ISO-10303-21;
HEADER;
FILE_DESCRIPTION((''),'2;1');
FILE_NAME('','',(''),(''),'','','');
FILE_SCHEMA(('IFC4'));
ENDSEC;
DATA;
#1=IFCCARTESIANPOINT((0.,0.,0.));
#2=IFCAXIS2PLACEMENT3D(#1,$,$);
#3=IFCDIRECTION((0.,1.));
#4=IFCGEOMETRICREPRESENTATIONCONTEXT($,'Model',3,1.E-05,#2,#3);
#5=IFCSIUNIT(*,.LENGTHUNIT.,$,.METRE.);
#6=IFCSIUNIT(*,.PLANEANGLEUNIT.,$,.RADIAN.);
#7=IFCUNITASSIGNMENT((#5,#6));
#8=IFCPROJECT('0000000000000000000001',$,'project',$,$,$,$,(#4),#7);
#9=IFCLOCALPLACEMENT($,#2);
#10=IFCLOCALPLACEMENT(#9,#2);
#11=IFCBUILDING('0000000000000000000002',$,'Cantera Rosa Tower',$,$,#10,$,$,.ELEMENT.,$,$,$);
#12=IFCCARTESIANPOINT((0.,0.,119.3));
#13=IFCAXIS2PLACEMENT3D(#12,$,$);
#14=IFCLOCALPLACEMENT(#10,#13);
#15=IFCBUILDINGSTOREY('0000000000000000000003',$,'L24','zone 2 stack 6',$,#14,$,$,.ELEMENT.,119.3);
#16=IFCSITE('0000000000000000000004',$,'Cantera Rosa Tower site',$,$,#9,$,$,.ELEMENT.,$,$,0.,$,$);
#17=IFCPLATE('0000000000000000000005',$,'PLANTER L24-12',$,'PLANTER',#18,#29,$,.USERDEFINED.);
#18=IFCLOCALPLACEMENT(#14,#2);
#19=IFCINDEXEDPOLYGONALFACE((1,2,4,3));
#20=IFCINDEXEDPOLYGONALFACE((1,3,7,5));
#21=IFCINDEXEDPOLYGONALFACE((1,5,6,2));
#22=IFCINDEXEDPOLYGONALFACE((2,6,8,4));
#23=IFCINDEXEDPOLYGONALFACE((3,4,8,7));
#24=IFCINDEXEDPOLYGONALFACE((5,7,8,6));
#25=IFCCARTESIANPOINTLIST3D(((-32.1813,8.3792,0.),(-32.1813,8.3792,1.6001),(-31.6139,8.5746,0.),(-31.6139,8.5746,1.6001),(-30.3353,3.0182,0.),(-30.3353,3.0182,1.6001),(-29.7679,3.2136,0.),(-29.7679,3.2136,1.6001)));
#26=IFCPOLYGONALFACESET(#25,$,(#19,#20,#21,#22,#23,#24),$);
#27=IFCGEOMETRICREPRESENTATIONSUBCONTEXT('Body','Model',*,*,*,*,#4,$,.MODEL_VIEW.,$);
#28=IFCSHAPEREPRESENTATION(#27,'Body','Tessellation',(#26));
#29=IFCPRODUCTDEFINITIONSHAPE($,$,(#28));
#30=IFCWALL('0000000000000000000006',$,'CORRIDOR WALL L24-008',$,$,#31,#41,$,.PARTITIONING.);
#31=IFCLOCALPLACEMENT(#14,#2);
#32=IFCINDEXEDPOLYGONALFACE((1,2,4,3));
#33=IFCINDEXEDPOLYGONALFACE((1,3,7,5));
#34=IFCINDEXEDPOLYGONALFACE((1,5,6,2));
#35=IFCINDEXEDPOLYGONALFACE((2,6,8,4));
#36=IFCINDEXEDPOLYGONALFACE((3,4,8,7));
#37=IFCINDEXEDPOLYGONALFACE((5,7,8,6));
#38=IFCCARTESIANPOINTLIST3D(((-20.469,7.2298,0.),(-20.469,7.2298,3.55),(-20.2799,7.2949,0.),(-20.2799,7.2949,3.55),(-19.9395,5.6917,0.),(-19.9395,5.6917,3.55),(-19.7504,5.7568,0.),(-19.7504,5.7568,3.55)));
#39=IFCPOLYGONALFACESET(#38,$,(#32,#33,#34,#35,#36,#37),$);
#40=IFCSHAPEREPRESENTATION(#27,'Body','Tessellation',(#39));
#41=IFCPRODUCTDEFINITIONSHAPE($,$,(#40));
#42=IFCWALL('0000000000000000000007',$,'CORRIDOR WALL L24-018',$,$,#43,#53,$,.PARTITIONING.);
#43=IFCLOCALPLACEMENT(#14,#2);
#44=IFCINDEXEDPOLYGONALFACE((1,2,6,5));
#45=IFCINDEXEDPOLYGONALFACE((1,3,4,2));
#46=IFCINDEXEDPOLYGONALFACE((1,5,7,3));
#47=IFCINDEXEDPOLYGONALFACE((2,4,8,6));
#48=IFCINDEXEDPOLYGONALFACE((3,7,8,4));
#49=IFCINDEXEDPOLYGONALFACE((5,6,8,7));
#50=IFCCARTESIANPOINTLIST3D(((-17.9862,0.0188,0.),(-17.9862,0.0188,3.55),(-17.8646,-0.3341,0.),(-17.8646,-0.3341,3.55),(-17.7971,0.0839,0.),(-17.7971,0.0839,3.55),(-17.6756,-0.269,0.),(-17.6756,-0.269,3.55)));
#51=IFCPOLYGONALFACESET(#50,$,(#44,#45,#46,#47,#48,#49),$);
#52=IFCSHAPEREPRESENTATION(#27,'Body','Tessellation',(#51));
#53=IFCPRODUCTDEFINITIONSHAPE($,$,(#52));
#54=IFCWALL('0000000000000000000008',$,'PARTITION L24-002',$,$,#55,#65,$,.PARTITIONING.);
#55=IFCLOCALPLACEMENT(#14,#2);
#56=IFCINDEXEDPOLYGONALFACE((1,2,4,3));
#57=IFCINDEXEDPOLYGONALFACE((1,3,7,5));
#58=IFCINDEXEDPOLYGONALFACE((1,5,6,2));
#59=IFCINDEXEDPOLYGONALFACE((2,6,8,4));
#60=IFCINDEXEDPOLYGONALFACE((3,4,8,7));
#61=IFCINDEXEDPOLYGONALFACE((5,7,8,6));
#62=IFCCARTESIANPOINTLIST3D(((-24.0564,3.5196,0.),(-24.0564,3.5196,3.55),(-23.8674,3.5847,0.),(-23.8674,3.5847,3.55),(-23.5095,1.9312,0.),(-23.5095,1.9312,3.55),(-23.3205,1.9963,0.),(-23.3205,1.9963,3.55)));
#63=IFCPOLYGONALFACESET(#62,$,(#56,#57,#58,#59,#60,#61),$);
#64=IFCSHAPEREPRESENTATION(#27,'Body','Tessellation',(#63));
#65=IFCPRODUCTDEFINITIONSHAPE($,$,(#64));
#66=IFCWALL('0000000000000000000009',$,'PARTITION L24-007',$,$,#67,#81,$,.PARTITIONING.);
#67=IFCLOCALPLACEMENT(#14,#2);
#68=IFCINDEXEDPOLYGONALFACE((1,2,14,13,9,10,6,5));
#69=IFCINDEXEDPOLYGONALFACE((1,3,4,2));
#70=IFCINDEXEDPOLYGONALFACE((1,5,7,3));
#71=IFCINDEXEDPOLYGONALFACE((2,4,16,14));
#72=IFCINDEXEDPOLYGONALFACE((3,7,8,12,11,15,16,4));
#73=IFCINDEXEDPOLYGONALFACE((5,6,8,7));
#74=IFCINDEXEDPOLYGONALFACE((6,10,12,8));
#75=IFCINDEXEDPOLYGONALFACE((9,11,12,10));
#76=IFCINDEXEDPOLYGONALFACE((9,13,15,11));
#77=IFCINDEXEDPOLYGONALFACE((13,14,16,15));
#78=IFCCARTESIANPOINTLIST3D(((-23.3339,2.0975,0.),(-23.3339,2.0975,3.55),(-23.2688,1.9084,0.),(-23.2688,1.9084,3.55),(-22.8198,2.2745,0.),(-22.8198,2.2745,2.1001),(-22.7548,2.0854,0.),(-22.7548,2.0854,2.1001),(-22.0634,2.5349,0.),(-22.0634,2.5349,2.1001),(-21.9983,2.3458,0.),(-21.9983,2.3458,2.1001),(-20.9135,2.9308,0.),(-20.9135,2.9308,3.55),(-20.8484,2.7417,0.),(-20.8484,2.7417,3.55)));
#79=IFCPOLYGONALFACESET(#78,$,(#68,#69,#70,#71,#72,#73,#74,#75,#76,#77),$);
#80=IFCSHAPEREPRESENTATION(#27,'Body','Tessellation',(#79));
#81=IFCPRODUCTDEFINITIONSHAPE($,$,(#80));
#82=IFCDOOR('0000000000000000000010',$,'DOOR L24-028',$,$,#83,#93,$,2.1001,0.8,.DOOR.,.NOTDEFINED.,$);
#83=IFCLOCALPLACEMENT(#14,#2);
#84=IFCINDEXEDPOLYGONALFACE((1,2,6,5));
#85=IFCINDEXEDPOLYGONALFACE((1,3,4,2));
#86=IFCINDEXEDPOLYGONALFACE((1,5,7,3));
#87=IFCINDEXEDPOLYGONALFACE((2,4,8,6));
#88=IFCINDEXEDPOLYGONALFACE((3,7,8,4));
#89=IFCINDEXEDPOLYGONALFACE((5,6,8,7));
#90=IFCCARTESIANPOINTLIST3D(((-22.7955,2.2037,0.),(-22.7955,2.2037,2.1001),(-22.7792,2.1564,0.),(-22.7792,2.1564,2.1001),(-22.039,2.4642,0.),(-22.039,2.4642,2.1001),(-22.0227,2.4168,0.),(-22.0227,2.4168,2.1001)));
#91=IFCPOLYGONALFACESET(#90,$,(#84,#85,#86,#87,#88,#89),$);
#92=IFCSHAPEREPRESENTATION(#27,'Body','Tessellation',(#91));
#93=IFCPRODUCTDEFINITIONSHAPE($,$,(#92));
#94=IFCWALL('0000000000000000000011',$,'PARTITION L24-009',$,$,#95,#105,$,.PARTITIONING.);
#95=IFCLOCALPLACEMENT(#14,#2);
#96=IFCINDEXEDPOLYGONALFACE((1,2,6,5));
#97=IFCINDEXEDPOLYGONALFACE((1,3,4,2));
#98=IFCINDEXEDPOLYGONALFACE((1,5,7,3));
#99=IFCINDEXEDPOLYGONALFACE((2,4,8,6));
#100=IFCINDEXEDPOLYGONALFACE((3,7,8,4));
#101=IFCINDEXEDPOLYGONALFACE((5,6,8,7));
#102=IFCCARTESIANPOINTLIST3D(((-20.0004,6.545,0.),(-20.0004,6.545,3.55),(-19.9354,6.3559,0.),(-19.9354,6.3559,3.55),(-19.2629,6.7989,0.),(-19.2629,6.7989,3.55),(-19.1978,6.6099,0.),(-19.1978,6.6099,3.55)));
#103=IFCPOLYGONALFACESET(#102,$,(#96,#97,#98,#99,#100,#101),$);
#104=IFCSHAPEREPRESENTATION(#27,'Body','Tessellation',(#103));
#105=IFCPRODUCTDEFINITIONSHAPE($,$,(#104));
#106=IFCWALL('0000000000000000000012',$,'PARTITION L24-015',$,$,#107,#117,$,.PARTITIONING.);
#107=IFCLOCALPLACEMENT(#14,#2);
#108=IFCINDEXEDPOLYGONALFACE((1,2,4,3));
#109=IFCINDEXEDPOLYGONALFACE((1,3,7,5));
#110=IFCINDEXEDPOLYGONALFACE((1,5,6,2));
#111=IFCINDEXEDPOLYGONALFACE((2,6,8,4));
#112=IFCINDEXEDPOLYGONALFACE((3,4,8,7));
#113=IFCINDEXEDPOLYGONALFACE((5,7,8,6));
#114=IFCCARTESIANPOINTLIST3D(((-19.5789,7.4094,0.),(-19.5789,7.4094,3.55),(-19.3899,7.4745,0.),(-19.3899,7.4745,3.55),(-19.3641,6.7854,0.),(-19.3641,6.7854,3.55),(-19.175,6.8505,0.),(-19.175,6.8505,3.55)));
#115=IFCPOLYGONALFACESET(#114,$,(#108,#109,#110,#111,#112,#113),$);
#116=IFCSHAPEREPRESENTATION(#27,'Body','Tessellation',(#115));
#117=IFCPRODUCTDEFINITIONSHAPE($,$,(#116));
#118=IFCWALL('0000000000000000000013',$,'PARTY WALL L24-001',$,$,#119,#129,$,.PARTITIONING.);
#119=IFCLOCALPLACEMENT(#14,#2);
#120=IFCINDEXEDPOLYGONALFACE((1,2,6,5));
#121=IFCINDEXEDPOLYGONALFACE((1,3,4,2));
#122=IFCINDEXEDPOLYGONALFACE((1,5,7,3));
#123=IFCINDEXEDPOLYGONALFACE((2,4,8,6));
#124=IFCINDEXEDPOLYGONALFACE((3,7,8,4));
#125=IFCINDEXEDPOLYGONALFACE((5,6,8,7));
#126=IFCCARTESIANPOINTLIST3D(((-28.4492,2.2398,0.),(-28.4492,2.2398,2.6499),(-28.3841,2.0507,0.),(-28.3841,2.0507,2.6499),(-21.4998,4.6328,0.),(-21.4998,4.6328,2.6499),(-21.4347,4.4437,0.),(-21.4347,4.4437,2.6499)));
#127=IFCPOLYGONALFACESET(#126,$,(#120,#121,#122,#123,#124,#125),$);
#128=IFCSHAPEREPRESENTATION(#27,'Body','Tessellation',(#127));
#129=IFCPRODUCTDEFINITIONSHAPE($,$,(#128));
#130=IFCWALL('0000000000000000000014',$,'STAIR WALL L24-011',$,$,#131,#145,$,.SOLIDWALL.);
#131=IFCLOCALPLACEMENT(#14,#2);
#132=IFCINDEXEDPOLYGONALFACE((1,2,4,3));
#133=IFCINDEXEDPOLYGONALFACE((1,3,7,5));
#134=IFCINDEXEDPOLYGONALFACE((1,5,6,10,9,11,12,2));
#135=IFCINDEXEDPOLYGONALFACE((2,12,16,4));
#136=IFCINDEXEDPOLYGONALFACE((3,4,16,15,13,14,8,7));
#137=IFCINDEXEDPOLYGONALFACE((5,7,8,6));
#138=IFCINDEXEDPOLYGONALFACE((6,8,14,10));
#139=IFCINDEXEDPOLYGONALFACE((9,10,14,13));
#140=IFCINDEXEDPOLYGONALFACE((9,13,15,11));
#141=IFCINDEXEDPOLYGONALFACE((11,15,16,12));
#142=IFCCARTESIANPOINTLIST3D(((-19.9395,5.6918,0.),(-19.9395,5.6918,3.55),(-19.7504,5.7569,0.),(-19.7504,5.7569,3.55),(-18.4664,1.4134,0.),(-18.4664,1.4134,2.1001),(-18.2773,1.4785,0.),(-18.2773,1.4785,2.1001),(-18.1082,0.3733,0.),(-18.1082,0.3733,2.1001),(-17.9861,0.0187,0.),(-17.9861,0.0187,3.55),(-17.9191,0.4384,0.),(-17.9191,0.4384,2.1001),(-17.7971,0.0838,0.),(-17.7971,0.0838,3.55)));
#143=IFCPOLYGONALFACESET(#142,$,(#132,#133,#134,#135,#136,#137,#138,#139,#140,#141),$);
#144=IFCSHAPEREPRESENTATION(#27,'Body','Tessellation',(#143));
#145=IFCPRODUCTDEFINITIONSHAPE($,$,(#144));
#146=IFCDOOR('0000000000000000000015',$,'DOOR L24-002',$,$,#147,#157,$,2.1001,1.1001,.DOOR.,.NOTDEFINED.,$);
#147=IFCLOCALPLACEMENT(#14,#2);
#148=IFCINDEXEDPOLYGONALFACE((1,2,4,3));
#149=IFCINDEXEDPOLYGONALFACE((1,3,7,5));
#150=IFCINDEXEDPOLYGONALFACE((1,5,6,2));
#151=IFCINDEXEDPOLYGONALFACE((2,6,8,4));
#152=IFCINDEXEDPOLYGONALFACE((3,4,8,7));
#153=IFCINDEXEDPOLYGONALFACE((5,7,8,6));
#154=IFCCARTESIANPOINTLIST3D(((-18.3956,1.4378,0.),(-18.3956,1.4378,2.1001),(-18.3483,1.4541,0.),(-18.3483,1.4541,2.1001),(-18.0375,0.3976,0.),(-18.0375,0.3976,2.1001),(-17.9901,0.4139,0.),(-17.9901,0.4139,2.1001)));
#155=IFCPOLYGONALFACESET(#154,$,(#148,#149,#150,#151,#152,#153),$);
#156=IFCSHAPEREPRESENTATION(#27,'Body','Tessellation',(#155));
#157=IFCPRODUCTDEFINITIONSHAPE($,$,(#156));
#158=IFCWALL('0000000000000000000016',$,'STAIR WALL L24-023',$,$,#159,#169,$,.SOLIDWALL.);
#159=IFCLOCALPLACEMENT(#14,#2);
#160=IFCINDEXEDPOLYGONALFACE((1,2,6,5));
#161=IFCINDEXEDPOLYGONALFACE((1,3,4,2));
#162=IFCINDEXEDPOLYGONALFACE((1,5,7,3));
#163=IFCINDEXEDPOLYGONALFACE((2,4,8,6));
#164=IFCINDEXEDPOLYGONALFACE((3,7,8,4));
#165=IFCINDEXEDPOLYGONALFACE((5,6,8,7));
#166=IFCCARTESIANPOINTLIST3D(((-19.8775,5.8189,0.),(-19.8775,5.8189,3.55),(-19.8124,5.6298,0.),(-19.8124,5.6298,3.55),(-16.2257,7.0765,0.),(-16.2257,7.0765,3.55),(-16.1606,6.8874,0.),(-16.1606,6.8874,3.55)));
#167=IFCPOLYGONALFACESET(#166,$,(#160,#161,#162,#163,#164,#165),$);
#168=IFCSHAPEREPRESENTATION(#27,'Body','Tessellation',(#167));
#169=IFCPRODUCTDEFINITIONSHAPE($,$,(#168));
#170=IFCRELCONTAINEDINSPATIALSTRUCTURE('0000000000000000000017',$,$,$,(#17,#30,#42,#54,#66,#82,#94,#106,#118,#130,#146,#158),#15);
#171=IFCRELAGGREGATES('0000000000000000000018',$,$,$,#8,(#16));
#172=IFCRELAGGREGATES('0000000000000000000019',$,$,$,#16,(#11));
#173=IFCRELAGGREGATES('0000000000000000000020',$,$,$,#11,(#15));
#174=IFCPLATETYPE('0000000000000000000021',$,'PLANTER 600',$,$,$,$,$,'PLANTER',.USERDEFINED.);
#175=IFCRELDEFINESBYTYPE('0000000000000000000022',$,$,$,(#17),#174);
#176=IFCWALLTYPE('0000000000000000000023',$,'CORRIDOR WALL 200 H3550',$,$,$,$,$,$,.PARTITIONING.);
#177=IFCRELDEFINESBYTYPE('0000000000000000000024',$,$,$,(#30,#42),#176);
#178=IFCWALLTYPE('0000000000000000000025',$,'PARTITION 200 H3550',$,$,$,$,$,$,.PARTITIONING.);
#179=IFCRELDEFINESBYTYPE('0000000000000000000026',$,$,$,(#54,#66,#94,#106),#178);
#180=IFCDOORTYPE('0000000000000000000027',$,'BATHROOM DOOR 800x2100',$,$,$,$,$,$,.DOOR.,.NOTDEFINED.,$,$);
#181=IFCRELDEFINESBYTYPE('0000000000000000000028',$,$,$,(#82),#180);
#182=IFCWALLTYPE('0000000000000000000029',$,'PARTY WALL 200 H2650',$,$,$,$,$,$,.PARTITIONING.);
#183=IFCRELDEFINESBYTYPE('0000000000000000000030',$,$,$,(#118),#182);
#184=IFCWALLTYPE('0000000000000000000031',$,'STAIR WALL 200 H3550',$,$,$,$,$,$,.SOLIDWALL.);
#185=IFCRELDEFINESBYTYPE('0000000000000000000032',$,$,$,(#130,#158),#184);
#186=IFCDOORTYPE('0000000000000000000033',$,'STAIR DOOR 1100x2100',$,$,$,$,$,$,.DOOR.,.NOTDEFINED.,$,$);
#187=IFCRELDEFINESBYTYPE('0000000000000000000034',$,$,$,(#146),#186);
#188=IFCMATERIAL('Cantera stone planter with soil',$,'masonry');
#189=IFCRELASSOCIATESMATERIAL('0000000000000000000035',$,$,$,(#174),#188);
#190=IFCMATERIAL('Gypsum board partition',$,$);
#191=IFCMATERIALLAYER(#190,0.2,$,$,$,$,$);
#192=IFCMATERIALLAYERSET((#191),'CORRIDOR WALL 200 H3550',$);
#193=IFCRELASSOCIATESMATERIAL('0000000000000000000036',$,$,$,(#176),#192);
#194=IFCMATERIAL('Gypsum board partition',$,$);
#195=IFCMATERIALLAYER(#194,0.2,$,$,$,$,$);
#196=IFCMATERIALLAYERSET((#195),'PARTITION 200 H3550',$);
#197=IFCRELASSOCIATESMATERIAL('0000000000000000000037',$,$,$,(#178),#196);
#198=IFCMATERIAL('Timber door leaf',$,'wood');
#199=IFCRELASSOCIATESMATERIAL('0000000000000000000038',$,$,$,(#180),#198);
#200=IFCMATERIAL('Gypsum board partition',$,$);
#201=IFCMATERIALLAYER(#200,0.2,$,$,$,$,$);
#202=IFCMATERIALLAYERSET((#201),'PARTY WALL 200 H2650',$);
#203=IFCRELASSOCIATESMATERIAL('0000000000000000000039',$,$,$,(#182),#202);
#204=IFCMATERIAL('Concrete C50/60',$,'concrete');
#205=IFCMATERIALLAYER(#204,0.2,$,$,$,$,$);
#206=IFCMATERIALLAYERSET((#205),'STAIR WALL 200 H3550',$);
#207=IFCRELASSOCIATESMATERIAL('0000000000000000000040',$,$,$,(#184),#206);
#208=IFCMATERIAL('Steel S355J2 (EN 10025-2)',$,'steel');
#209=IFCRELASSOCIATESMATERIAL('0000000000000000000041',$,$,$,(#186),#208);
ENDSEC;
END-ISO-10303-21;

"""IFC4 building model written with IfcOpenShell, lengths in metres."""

from ifc_helpers import new_model, si_unit, direction, frame, frame_2d, origin, origin_2d, place, context, subcontext, project, spatial, rectangle, extrude, material, layer, layer_set, type_object, element, fill, save


model = new_model("IFC4")

# Units and contexts
model_context = context("Model", 3, precision=1e-05, world=origin(), true_north=direction((0.0, 1.0)))
body_context = subcontext(model_context, "Body", "Model", "MODEL_VIEW")
ifc_project = project(units=[si_unit("LENGTHUNIT", "METRE"), si_unit("PLANEANGLEUNIT", "RADIAN")], contexts=[model_context])

# Site, building, storey
site_placement = place(None, origin())
site = spatial("IfcSite", under=ifc_project, at=site_placement, Name="Cantera Rosa Tower site", CompositionType="ELEMENT", RefElevation=0.0)
building_placement = place(site_placement, origin())
building = spatial("IfcBuilding", under=site, at=building_placement, Name="Cantera Rosa Tower", CompositionType="ELEMENT")
storey_placement = place(building_placement, frame((0.0, 0.0, 119.3)))
storey = spatial("IfcBuildingStorey", under=building, at=storey_placement, Name="L24", Description="zone 2 stack 6", CompositionType="ELEMENT", Elevation=119.3)

# Plate
ifc_material_1 = material(Name="Cantera stone planter with soil", Category="masonry")
plate_type = type_object("IfcPlateType", Name="PLANTER 600", ElementType="PLANTER", PredefinedType="USERDEFINED", material=ifc_material_1)
plate_placement = place(storey_placement, frame((-30.9746, 5.7964, 0.0), z_axis=(0.0, 0.0, 1.0), x_axis=(0.325568, -0.945519, 0.0)))
element("IfcPlate", 1, at=plate_placement, inside=storey, type_object=plate_type, Name="PLANTER L24-12", ObjectType="PLANTER", PredefinedType="USERDEFINED", context=body_context, shape_type="SweptSolid", body=[
    extrude(rectangle(XDim=5.6699, YDim=0.6001, at=origin_2d()), origin(), (0.0, 0.0, 1.0), 1.6001),
])

# Walls
ifc_material_2 = material(Name="Gypsum board partition")
ifc_layer_1 = layer(ifc_material_2, 0.2)
ifc_layer_set_1 = layer_set([ifc_layer_1], Name="CORRIDOR WALL 200 H3550")
wall_type_1 = type_object("IfcWallType", Name="CORRIDOR WALL 200 H3550", PredefinedType="PARTITIONING", material=ifc_layer_set_1)
wall_1_placement = place(storey_placement, frame((-20.3745, 7.2625, 0.0), z_axis=(0.0, 0.0, 1.0), x_axis=(0.325533, -0.945531, 0.0)))
element("IfcWall", 2, at=wall_1_placement, inside=storey, type_object=wall_type_1, Name="CORRIDOR WALL L24-008", PredefinedType="PARTITIONING", context=body_context, shape_type="SweptSolid", body=[
    extrude(rectangle(XDim=1.6267, YDim=0.2, at=frame_2d((0.8135, 0.0))), origin(), (0.0, 0.0, 1.0), 3.55),
])
wall_2_placement = place(storey_placement, frame((-17.8916, 0.0513, 0.0), z_axis=(0.0, 0.0, 1.0), x_axis=(0.325628, -0.945498, 0.0)))
element("IfcWall", 3, at=wall_2_placement, inside=storey, type_object=wall_type_1, Name="CORRIDOR WALL L24-018", PredefinedType="PARTITIONING", context=body_context, shape_type="SweptSolid", body=[
    extrude(rectangle(XDim=0.3733, YDim=0.2, at=frame_2d((0.1865, 0.0))), origin(), (0.0, 0.0, 1.0), 3.55),
])

# Wall
ifc_material_3 = material(Name="Gypsum board partition")
ifc_layer_2 = layer(ifc_material_3, 0.2)
ifc_layer_set_2 = layer_set([ifc_layer_2], Name="PARTITION 200 H3550")
wall_type_2 = type_object("IfcWallType", Name="PARTITION 200 H3550", PredefinedType="PARTITIONING", material=ifc_layer_set_2)
wall_3_placement = place(storey_placement, frame((-23.415, 1.9639, 0.0), z_axis=(0.0, 0.0, 1.0), x_axis=(-0.325543, 0.945527, 0.0)))
element("IfcWall", 4, at=wall_3_placement, inside=storey, type_object=wall_type_2, Name="PARTITION L24-002", PredefinedType="PARTITIONING", context=body_context, shape_type="SweptSolid", body=[
    extrude(rectangle(XDim=1.6799, YDim=0.2, at=frame_2d((0.8398, 0.0))), origin(), (0.0, 0.0, 1.0), 3.55),
])

# Wall, opening, door
wall_4_placement = place(storey_placement, frame((-20.8811, 2.8362, 0.0), z_axis=(0.0, 0.0, 1.0), x_axis=(-0.945538, -0.325512, 0.0)))
wall_4 = element("IfcWall", 5, at=wall_4_placement, inside=storey, type_object=wall_type_2, Name="PARTITION L24-007", PredefinedType="PARTITIONING", context=body_context, shape_type="SweptSolid", body=[
    extrude(rectangle(XDim=2.5598, YDim=0.2, at=frame_2d((1.2798, 0.0))), origin(), (0.0, 0.0, 1.0), 3.55),
])
opening_1_placement = place(wall_4_placement, frame((1.2161, 0.0, 0.0)))
opening_1 = element("IfcOpeningElement", 6, at=opening_1_placement, cuts=wall_4, PredefinedType="OPENING", context=body_context, shape_type="SweptSolid", body=[
    extrude(rectangle(XDim=0.8, YDim=2.1001, at=frame_2d((0.3999, 1.05))), frame((0.0, 0.1099, 0.0), z_axis=(0.0, -1.0, 0.0), x_axis=(1.0, 0.0, 0.0)), (0.0, 0.0, 1.0), 0.22),
])
ifc_material_4 = material(Name="Timber door leaf", Category="wood")
door_type_1 = type_object("IfcDoorType", Name="BATHROOM DOOR 800x2100", OperationType="NOTDEFINED", PredefinedType="DOOR", material=ifc_material_4)
door_1_placement = place(opening_1_placement, origin())
door_1 = element("IfcDoor", 7, at=door_1_placement, inside=storey, type_object=door_type_1, Name="DOOR L24-028", OperationType="NOTDEFINED", OverallHeight=2.1001, OverallWidth=0.8, PredefinedType="DOOR", context=body_context, shape_type="SweptSolid", body=[
    extrude(rectangle(XDim=0.8, YDim=2.1001, at=frame_2d((0.3999, 1.05))), frame((0.0, 0.0249, 0.0), z_axis=(0.0, -1.0, 0.0), x_axis=(1.0, 0.0, 0.0)), (0.0, 0.0, 1.0), 0.05),
])
fill(opening_1, door_1)

# Walls
wall_5_placement = place(storey_placement, frame((-19.968, 6.4504, 0.0), z_axis=(0.0, 0.0, 1.0), x_axis=(0.945539, 0.325508, 0.0)))
element("IfcWall", 8, at=wall_5_placement, inside=storey, type_object=wall_type_2, Name="PARTITION L24-009", PredefinedType="PARTITIONING", context=body_context, shape_type="SweptSolid", body=[
    extrude(rectangle(XDim=0.78, YDim=0.2, at=frame_2d((0.3901, 0.0))), origin(), (0.0, 0.0, 1.0), 3.55),
])
wall_6_placement = place(storey_placement, frame((-19.2695, 6.8179, 0.0), z_axis=(0.0, 0.0, 1.0), x_axis=(-0.325535, 0.94553, 0.0)))
element("IfcWall", 9, at=wall_6_placement, inside=storey, type_object=wall_type_2, Name="PARTITION L24-015", PredefinedType="PARTITIONING", context=body_context, shape_type="SweptSolid", body=[
    extrude(rectangle(XDim=0.6599, YDim=0.2, at=frame_2d((0.3301, 0.0))), origin(), (0.0, 0.0, 1.0), 3.55),
])
ifc_material_5 = material(Name="Gypsum board partition")
ifc_layer_3 = layer(ifc_material_5, 0.2)
ifc_layer_set_3 = layer_set([ifc_layer_3], Name="PARTY WALL 200 H2650")
wall_type_3 = type_object("IfcWallType", Name="PARTY WALL 200 H2650", PredefinedType="PARTITIONING", material=ifc_layer_set_3)
wall_7_placement = place(storey_placement, frame((-28.4165, 2.1453, 0.0), z_axis=(0.0, 0.0, 1.0), x_axis=(0.945511, 0.325589, 0.0)))
element("IfcWall", 10, at=wall_7_placement, inside=storey, type_object=wall_type_3, Name="PARTY WALL L24-001", PredefinedType="PARTITIONING", context=body_context, shape_type="SweptSolid", body=[
    extrude(rectangle(XDim=7.3499, YDim=0.2, at=frame_2d((3.6748, 0.0))), origin(), (0.0, 0.0, 1.0), 2.6499),
])

# Wall, opening, door
ifc_material_6 = material(Name="Concrete C50/60", Category="concrete")
ifc_layer_4 = layer(ifc_material_6, 0.2)
ifc_layer_set_4 = layer_set([ifc_layer_4], Name="STAIR WALL 200 H3550")
wall_type_4 = type_object("IfcWallType", Name="STAIR WALL 200 H3550", PredefinedType="SOLIDWALL", material=ifc_layer_set_4)
wall_8_placement = place(storey_placement, frame((-19.845, 5.7244, 0.0), z_axis=(0.0, 0.0, 1.0), x_axis=(0.325563, -0.94552, 0.0)))
wall_8 = element("IfcWall", 11, at=wall_8_placement, inside=storey, type_object=wall_type_4, Name="STAIR WALL L24-011", PredefinedType="SOLIDWALL", context=body_context, shape_type="SweptSolid", body=[
    extrude(rectangle(XDim=6.0, YDim=0.2, at=frame_2d((3.0, 0.0))), origin(), (0.0, 0.0, 1.0), 3.55),
])
opening_2_placement = place(wall_8_placement, frame((4.5249, 0.0, 0.0)))
opening_2 = element("IfcOpeningElement", 12, at=opening_2_placement, cuts=wall_8, PredefinedType="OPENING", context=body_context, shape_type="SweptSolid", body=[
    extrude(rectangle(XDim=1.1001, YDim=2.1001, at=frame_2d((0.55, 1.05))), frame((0.0, 0.1099, 0.0), z_axis=(0.0, -1.0, 0.0), x_axis=(1.0, 0.0, 0.0)), (0.0, 0.0, 1.0), 0.22),
])
ifc_material_7 = material(Name="Steel S355J2 (EN 10025-2)", Category="steel")
door_type_2 = type_object("IfcDoorType", Name="STAIR DOOR 1100x2100", OperationType="NOTDEFINED", PredefinedType="DOOR", material=ifc_material_7)
door_2_placement = place(opening_2_placement, origin())
door_2 = element("IfcDoor", 13, at=door_2_placement, inside=storey, type_object=door_type_2, Name="DOOR L24-002", OperationType="NOTDEFINED", OverallHeight=2.1001, OverallWidth=1.1001, PredefinedType="DOOR", context=body_context, shape_type="SweptSolid", body=[
    extrude(rectangle(XDim=1.1001, YDim=2.1001, at=frame_2d((0.55, 1.05))), frame((0.0, 0.0249, 0.0), z_axis=(0.0, -1.0, 0.0), x_axis=(1.0, 0.0, 0.0)), (0.0, 0.0, 1.0), 0.05),
])
fill(opening_2, door_2)

# Wall
wall_9_placement = place(storey_placement, frame((-16.1931, 6.9819, 0.0), z_axis=(0.0, 0.0, 1.0), x_axis=(-0.945508, -0.325599, 0.0)))
element("IfcWall", 14, at=wall_9_placement, inside=storey, type_object=wall_type_4, Name="STAIR WALL L24-023", PredefinedType="SOLIDWALL", context=body_context, shape_type="SweptSolid", body=[
    extrude(rectangle(XDim=3.8623, YDim=0.2, at=frame_2d((1.9312, 0.0))), origin(), (0.0, 0.0, 1.0), 3.55),
])

save(model, "model.ifc")
